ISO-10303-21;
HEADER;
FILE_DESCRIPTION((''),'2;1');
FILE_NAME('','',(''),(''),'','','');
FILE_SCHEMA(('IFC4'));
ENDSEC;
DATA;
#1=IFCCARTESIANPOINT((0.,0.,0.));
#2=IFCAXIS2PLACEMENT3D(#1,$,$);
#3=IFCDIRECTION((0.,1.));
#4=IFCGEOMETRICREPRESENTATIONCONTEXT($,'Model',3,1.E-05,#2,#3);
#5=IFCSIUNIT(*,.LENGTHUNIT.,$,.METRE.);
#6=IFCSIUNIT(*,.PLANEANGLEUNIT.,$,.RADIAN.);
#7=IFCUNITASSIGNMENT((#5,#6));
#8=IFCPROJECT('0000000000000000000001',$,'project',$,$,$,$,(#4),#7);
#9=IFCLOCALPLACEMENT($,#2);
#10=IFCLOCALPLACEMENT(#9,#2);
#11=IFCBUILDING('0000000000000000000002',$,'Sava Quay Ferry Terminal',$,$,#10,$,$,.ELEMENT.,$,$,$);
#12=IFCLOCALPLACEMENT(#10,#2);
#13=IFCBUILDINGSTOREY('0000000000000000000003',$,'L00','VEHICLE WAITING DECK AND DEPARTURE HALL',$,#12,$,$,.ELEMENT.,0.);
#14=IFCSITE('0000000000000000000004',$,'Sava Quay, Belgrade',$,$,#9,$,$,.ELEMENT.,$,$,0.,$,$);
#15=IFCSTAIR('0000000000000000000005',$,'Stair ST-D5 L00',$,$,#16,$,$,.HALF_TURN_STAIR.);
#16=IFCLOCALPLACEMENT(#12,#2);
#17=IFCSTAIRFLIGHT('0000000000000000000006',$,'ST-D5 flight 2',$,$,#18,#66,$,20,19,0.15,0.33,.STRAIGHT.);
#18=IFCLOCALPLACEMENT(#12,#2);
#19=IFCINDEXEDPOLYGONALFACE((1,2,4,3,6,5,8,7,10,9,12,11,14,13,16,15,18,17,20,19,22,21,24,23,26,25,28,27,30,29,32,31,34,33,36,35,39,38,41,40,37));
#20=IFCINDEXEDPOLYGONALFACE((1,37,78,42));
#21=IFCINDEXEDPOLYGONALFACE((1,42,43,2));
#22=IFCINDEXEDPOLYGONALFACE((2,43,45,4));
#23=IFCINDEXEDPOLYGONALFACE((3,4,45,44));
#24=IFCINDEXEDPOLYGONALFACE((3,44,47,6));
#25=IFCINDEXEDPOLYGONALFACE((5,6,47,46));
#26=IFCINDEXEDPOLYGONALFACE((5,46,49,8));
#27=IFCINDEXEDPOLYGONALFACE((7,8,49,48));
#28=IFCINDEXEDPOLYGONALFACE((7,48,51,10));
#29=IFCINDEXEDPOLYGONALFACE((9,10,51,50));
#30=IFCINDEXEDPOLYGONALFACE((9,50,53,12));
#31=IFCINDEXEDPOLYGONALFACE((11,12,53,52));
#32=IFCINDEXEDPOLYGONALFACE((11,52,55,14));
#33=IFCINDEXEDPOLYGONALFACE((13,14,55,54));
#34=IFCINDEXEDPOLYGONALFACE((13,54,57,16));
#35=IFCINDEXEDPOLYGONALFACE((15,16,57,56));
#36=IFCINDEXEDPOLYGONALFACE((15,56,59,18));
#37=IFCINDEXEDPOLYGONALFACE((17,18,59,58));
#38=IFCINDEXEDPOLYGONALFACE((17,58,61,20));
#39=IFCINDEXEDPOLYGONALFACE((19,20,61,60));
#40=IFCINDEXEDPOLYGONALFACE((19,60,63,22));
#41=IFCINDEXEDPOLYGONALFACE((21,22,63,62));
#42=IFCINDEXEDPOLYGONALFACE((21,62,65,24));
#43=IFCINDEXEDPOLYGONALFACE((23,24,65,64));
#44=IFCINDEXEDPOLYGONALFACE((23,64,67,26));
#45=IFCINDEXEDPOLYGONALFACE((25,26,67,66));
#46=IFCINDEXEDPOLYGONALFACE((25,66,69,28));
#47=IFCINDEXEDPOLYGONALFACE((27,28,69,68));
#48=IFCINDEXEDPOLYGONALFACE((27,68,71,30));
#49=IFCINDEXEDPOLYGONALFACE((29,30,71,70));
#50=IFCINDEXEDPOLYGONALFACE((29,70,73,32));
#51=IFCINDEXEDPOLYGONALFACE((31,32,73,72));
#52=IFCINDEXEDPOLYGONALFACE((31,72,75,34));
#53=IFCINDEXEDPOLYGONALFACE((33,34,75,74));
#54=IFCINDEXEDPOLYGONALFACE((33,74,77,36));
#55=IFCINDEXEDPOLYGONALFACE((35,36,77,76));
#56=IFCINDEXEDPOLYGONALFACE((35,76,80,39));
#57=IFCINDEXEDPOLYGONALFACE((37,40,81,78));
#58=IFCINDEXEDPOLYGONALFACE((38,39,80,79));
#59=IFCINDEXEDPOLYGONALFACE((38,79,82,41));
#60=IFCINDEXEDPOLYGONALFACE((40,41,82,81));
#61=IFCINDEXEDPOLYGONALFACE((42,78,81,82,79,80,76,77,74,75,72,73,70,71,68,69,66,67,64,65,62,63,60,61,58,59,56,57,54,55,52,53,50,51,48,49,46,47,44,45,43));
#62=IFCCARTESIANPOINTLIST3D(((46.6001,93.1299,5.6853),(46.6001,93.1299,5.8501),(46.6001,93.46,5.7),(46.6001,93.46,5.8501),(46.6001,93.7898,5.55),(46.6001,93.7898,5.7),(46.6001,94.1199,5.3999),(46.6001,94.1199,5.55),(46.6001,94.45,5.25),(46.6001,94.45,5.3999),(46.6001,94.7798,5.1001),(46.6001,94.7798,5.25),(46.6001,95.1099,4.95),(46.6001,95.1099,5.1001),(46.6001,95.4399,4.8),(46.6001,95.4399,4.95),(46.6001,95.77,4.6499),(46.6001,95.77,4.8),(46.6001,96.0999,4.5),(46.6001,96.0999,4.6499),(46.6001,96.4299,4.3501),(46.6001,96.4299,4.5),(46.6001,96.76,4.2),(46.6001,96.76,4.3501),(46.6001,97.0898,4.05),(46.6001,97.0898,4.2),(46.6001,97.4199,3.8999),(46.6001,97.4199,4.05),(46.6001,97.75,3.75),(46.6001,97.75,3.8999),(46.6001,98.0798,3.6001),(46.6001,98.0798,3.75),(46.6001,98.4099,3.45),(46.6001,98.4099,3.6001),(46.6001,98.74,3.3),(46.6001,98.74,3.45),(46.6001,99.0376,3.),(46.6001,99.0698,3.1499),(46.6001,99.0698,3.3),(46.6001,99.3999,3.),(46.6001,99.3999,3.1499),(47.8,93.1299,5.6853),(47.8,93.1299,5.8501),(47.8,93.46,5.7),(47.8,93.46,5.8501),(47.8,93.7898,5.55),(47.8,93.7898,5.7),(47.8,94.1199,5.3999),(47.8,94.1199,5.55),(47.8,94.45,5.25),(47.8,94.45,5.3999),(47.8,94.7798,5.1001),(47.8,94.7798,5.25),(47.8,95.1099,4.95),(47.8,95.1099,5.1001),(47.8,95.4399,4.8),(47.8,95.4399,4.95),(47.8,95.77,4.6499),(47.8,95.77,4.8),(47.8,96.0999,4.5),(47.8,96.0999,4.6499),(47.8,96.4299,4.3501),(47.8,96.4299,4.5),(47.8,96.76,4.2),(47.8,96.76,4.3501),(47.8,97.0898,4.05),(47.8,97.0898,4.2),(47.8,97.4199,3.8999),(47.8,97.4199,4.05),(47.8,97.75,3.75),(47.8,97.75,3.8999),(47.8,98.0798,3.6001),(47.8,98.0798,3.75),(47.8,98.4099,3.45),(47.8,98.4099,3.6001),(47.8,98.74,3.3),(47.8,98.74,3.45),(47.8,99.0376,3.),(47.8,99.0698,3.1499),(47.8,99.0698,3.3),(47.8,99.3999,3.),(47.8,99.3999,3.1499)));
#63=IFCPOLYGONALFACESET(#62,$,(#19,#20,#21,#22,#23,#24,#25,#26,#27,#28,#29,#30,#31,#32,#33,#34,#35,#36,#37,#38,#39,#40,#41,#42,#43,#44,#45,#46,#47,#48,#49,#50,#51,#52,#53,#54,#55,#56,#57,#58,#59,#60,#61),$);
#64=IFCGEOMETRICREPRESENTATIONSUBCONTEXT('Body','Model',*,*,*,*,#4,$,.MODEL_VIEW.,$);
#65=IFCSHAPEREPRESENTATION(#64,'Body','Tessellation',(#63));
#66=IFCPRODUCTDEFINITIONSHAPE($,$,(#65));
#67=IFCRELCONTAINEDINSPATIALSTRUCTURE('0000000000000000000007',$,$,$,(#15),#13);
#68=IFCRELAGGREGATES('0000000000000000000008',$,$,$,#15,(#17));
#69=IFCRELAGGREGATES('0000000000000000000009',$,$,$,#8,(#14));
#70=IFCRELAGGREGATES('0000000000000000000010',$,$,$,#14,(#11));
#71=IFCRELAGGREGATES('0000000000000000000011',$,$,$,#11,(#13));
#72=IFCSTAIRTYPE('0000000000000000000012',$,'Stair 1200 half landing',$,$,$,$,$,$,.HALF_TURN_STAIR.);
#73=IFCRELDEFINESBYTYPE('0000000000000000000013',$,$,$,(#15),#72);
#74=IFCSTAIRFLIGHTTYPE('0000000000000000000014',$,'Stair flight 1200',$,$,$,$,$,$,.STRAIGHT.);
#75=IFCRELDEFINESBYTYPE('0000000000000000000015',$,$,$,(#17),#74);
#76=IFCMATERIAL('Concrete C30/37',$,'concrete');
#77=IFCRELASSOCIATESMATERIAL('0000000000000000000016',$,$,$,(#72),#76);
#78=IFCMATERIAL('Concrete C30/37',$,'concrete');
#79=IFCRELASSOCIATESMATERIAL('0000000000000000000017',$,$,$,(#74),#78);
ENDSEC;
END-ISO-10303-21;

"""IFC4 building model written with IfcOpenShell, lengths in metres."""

from ifc_helpers import new_model, si_unit, direction, frame, origin, place, context, subcontext, project, spatial, polyline, outline, extrude, material, type_object, element, aggregate, save


model = new_model("IFC4")

# Units and contexts
model_context = context("Model", 3, precision=1e-05, world=origin(), true_north=direction((0.0, 1.0)))
body_context = subcontext(model_context, "Body", "Model", "MODEL_VIEW")
ifc_project = project(units=[si_unit("LENGTHUNIT", "METRE"), si_unit("PLANEANGLEUNIT", "RADIAN")], contexts=[model_context])

# Site, building, storey
site_placement = place(None, origin())
site = spatial("IfcSite", under=ifc_project, at=site_placement, Name="Sava Quay, Belgrade", CompositionType="ELEMENT", RefElevation=0.0)
building_placement = place(site_placement, origin())
building = spatial("IfcBuilding", under=site, at=building_placement, Name="Sava Quay Ferry Terminal", CompositionType="ELEMENT")
storey_placement = place(building_placement, origin())
storey = spatial("IfcBuildingStorey", under=building, at=storey_placement, Name="L00", Description="VEHICLE WAITING DECK AND DEPARTURE HALL", CompositionType="ELEMENT", Elevation=0.0)

# Stair, stair flight
ifc_material_1 = material(Name="Concrete C30/37", Category="concrete")
stair_type = type_object("IfcStairType", Name="Stair 1200 half landing", PredefinedType="HALF_TURN_STAIR", material=ifc_material_1)
stair_placement = place(storey_placement, origin())
stair = element("IfcStair", 1, at=stair_placement, inside=storey, type_object=stair_type, Name="Stair ST-D5 L00", PredefinedType="HALF_TURN_STAIR")
ifc_material_2 = material(Name="Concrete C30/37", Category="concrete")
stair_flight_type = type_object("IfcStairFlightType", Name="Stair flight 1200", PredefinedType="STRAIGHT", material=ifc_material_2)
stair_flight_1_placement = place(storey_placement, frame((47.2, 99.3999, 3.0), z_axis=(0.0, 0.0, 1.0), x_axis=(0.0, -1.0, 0.0)))
stair_flight_1 = element("IfcStairFlight", 2, at=stair_flight_1_placement, type_object=stair_flight_type, Name="ST-D5 flight 2", NumberOfRisers=20, NumberOfTreads=19, PredefinedType="STRAIGHT", RiserHeight=0.15, TreadLength=0.33, context=body_context, shape_type="SweptSolid", body=[
    extrude(outline(polyline([(0.0, 0.0), (0.0, 0.1499), (0.3301, 0.1499), (0.3301, 0.3), (0.6599, 0.3), (0.6599, 0.45), (0.99, 0.45), (0.99, 0.6001), (1.3201, 0.6001), (1.3201, 0.75), (1.6499, 0.75), (1.6499, 0.8999), (1.98, 0.8999), (1.98, 1.05), (2.3101, 1.05), (2.3101, 1.2), (2.6399, 1.2), (2.6399, 1.3501), (2.97, 1.3501), (2.97, 1.5), (3.3, 1.5), (3.3, 1.6499), (3.6299, 1.6499), (3.6299, 1.8), (3.96, 1.8), (3.96, 1.95), (4.29, 1.95), (4.29, 2.1001), (4.6201, 2.1001), (4.6201, 2.25), (4.95, 2.25), (4.95, 2.3999), (5.28, 2.3999), (5.28, 2.55), (5.6101, 2.55), (5.6101, 2.7), (5.9399, 2.7), (5.9399, 2.8501), (6.27, 2.8501), (6.27, 3.0), (6.27, 2.6853), (0.3623, 0.0), (0.0, 0.0)])), frame((0.0, 0.6001, 0.0), z_axis=(0.0, -1.0, 0.0), x_axis=(1.0, 0.0, 0.0)), (0.0, 0.0, 1.0), 1.2),
])
aggregate(stair, [stair_flight_1])

save(model, "model.ifc")
